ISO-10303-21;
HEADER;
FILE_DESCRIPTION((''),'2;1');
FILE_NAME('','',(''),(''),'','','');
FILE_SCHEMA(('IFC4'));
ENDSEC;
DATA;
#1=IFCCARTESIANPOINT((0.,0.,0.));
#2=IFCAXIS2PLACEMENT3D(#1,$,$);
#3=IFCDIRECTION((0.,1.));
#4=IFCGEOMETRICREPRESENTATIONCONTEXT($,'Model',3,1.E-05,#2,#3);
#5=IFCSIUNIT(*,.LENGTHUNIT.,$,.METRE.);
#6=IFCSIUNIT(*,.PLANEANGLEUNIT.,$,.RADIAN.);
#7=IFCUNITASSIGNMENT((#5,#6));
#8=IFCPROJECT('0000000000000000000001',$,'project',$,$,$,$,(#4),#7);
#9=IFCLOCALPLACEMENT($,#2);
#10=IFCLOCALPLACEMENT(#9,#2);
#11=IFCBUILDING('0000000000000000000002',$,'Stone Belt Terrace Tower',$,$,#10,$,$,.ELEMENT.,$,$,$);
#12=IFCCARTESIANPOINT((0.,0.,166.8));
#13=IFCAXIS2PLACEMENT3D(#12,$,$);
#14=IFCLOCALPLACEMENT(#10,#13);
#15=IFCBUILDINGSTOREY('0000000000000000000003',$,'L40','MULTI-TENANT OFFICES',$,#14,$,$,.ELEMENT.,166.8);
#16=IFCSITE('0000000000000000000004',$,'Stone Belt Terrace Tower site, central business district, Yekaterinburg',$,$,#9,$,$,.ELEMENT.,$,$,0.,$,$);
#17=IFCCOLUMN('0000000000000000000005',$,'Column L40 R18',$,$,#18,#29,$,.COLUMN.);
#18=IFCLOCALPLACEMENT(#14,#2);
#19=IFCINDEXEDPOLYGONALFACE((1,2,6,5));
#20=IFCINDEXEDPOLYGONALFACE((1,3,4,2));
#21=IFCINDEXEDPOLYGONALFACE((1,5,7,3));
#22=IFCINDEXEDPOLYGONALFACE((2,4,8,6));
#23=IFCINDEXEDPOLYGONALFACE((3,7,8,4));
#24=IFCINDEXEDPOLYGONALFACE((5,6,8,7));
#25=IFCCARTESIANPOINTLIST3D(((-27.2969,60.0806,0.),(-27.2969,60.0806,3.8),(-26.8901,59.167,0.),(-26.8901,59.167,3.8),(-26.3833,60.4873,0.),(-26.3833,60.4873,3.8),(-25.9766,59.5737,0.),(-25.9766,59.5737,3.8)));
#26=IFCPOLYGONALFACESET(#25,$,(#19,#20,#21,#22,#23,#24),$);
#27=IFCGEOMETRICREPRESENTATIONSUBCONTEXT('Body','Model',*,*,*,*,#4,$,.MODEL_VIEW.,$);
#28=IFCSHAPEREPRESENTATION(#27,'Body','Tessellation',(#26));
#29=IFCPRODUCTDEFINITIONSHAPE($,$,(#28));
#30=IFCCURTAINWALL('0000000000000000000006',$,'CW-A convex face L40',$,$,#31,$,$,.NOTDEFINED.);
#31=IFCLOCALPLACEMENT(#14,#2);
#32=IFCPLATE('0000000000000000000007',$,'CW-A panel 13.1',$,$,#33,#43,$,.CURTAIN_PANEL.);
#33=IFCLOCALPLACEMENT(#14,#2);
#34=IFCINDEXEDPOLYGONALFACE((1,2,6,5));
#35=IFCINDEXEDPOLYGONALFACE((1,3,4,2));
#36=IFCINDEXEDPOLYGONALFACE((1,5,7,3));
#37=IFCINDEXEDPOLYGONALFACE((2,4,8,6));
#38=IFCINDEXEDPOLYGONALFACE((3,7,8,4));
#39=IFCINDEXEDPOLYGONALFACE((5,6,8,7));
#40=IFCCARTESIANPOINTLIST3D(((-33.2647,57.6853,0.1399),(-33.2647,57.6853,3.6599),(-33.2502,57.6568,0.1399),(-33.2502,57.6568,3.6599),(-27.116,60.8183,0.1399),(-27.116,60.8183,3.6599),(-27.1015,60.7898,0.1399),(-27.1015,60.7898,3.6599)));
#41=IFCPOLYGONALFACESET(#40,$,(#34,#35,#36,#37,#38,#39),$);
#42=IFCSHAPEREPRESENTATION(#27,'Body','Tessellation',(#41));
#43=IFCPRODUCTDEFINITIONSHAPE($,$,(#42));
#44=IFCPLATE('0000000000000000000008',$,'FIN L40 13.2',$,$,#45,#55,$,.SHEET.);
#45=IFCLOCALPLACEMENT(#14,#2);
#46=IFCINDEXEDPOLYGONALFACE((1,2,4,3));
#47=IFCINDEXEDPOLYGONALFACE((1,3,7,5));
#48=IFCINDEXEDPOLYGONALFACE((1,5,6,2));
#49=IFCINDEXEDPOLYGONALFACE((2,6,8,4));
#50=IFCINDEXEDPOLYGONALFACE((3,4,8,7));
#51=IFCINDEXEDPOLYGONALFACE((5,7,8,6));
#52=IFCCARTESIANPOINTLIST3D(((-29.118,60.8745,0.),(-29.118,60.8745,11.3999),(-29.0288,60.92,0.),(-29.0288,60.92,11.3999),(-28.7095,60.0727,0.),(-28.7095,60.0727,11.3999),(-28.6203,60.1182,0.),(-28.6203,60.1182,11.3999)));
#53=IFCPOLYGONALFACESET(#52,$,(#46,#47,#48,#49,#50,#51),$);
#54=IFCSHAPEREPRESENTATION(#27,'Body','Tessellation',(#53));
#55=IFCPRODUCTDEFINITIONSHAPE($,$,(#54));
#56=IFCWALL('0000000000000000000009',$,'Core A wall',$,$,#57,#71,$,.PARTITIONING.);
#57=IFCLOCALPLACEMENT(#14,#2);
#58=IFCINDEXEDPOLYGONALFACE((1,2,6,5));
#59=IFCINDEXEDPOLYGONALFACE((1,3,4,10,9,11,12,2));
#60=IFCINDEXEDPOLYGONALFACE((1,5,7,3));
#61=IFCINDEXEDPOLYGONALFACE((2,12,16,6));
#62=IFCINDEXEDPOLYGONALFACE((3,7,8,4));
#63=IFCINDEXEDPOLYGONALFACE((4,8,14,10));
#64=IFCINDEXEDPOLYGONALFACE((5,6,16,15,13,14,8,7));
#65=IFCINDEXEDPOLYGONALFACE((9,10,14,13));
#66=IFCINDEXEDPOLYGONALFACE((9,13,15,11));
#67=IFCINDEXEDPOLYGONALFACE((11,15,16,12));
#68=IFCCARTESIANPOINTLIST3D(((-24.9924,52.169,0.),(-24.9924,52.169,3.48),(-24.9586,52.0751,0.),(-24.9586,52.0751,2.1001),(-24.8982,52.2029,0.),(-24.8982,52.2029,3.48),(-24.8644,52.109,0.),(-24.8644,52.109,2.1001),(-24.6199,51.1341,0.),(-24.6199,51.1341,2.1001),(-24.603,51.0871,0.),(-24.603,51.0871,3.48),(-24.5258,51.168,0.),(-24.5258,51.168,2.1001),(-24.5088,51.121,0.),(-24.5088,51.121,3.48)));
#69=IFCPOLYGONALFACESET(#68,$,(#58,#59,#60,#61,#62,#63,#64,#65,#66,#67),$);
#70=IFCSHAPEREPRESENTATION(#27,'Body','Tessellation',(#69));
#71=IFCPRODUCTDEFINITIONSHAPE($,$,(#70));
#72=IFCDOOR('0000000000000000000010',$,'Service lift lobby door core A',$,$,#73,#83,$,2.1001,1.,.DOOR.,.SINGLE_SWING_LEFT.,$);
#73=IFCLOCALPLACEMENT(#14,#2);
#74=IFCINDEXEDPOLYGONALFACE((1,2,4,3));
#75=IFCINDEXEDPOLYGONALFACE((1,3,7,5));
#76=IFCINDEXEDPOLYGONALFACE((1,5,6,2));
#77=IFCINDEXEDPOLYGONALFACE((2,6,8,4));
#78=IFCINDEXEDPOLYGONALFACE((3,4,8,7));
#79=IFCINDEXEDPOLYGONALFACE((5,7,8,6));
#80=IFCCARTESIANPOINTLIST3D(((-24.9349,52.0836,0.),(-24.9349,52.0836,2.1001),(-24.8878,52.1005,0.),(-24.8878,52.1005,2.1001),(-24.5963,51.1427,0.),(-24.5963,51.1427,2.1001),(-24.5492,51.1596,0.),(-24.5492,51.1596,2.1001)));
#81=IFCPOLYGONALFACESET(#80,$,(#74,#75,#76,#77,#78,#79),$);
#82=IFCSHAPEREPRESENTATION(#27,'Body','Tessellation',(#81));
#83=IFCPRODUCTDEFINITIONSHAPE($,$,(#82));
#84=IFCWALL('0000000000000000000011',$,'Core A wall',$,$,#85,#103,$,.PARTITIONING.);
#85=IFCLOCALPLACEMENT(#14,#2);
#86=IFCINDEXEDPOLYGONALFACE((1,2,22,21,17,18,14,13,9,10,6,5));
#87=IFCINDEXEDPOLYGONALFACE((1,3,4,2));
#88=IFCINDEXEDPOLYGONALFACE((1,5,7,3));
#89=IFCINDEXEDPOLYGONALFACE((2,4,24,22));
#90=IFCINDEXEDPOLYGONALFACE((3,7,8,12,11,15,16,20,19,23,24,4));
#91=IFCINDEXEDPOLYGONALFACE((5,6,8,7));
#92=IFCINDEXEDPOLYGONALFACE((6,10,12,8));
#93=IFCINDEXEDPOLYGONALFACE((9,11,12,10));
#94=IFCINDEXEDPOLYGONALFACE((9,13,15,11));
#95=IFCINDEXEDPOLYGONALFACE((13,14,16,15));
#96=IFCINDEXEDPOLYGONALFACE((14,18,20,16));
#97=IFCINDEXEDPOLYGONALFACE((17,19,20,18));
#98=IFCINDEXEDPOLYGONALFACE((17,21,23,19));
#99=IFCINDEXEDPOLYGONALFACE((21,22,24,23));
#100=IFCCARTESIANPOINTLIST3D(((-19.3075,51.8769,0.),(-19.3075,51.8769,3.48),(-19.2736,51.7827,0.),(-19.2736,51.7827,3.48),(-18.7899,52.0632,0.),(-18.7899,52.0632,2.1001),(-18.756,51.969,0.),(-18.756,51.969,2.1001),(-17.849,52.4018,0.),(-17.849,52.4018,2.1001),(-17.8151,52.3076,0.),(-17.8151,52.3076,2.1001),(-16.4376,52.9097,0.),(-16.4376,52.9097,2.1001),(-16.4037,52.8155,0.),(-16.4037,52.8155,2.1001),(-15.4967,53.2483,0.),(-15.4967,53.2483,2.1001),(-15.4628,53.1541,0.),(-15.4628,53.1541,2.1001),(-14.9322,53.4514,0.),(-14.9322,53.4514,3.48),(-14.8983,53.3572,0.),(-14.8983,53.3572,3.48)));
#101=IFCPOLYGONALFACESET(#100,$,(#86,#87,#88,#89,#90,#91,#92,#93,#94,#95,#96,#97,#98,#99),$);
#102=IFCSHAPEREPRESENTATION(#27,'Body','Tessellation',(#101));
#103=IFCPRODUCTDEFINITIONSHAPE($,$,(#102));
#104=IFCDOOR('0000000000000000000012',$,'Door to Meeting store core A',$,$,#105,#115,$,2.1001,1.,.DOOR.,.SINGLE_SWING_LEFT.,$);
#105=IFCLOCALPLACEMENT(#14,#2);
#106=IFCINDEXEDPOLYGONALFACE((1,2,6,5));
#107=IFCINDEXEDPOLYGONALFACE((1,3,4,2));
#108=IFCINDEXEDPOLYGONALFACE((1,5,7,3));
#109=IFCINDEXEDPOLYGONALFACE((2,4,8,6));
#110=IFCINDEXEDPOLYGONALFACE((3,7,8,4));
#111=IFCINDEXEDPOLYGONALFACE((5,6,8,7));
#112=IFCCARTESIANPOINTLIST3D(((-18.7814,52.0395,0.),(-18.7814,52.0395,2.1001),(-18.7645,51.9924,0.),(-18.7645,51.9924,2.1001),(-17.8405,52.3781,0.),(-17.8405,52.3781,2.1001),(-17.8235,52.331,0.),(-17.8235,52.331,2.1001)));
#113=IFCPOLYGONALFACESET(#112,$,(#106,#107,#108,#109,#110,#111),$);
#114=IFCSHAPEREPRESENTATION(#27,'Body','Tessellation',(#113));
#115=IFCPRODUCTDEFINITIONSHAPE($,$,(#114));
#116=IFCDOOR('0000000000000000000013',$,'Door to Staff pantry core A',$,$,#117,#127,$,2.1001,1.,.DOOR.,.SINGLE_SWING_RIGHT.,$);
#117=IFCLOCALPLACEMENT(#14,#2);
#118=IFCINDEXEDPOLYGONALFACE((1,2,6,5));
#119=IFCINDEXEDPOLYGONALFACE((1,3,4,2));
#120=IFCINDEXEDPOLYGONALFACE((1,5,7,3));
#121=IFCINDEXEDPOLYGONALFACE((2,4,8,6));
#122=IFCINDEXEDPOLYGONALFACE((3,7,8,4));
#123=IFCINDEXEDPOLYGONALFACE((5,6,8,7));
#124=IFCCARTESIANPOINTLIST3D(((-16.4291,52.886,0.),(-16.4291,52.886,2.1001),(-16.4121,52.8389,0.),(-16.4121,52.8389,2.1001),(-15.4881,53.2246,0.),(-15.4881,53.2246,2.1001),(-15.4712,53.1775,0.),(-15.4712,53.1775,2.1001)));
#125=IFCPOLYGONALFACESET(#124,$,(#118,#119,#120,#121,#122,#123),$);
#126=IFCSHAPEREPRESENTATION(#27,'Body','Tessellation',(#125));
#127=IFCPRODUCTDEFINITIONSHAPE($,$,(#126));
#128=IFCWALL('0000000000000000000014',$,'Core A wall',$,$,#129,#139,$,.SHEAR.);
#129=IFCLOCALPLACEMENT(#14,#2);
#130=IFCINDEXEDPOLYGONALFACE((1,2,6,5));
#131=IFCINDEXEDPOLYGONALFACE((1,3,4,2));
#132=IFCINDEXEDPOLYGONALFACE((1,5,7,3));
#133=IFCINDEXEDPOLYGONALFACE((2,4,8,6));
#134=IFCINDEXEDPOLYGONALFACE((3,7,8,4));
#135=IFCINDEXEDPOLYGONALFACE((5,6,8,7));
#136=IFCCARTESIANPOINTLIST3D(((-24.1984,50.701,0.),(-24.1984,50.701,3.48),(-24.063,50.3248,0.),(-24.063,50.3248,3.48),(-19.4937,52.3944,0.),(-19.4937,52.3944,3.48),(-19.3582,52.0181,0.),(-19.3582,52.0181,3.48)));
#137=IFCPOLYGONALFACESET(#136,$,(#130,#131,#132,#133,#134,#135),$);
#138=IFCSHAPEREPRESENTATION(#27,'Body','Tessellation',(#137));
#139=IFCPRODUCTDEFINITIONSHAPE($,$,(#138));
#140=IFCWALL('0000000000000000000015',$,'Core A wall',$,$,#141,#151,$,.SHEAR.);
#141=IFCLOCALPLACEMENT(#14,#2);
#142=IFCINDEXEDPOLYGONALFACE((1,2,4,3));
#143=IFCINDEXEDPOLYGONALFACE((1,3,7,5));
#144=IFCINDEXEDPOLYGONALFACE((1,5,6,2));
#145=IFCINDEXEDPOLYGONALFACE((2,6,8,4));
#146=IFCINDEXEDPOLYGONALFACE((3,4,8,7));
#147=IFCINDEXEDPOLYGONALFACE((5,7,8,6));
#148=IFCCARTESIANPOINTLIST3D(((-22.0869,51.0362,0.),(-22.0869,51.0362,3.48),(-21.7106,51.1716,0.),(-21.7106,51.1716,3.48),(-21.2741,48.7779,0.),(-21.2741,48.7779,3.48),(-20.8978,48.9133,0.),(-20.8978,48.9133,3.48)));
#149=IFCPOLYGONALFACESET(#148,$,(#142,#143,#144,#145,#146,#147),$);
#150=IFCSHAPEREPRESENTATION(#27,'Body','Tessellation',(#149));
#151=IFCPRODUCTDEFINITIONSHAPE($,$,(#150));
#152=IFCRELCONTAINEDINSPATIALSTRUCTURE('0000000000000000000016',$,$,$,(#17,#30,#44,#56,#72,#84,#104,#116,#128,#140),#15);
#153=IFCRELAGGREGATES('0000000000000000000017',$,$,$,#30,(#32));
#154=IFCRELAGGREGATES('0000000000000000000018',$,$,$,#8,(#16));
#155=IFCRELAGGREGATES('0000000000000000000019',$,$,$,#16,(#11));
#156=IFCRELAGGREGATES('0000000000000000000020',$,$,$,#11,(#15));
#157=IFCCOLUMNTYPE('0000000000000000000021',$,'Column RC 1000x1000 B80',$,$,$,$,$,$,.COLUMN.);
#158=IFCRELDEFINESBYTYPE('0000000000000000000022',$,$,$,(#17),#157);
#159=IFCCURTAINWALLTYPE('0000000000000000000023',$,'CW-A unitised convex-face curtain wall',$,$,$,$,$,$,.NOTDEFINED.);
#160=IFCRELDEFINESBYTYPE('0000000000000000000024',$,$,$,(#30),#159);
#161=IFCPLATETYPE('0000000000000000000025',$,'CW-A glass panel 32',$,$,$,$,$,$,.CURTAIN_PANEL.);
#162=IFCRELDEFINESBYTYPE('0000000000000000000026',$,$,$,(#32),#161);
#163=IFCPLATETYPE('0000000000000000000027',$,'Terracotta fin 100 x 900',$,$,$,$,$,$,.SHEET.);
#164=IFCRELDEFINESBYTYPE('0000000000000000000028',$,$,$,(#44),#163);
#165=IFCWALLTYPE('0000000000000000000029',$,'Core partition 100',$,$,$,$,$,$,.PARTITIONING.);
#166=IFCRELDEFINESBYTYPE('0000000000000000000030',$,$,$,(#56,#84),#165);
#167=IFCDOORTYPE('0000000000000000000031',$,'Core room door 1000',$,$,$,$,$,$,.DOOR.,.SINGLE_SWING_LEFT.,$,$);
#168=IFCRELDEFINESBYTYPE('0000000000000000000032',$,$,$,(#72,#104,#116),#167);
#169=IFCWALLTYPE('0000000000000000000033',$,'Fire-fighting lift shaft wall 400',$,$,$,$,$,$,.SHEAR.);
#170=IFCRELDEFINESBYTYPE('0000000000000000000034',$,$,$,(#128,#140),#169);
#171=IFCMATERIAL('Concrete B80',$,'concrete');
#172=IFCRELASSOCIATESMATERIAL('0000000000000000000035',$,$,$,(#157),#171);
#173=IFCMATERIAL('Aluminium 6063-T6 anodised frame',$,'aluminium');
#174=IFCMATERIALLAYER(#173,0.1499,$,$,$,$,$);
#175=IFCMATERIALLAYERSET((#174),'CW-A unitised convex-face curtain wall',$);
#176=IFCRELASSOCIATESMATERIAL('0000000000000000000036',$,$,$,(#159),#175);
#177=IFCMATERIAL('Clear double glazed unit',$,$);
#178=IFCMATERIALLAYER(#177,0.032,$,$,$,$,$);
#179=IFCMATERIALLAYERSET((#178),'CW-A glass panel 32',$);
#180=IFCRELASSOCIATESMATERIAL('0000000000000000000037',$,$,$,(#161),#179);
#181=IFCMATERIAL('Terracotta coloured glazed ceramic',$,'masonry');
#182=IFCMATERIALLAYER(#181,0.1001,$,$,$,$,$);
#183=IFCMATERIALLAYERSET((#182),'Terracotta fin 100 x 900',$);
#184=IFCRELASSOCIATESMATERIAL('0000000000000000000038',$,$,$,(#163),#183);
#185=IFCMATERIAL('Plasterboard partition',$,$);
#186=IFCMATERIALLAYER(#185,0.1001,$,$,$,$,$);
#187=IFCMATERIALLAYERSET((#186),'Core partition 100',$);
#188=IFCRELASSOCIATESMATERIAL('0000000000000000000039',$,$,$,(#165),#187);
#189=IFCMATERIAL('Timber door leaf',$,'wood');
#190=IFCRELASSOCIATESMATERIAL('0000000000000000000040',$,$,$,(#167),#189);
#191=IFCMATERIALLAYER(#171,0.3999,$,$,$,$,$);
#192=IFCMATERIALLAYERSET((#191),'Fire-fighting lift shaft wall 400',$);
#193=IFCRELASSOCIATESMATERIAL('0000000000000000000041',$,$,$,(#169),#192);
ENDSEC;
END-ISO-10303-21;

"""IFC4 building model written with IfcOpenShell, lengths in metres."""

from ifc_helpers import new_model, si_unit, direction, frame, frame_2d, origin, origin_2d, place, context, subcontext, project, spatial, rectangle, extrude, material, layer, layer_set, material_profile, profile_set, type_object, element, fill, aggregate, save


model = new_model("IFC4")

# Units and contexts
model_context = context("Model", 3, precision=1e-05, world=origin(), true_north=direction((0.0, 1.0)))
body_context = subcontext(model_context, "Body", "Model", "MODEL_VIEW")
ifc_project = project(units=[si_unit("LENGTHUNIT", "METRE"), si_unit("PLANEANGLEUNIT", "RADIAN")], contexts=[model_context])

# Site, building, storey
site_placement = place(None, origin())
site = spatial("IfcSite", under=ifc_project, at=site_placement, Name="Stone Belt Terrace Tower site, central business district, Yekaterinburg", CompositionType="ELEMENT", RefElevation=0.0)
building_placement = place(site_placement, origin())
building = spatial("IfcBuilding", under=site, at=building_placement, Name="Stone Belt Terrace Tower", CompositionType="ELEMENT")
storey_placement = place(building_placement, frame((0.0, 0.0, 166.8)))
storey = spatial("IfcBuildingStorey", under=building, at=storey_placement, Name="L40", Description="MULTI-TENANT OFFICES", CompositionType="ELEMENT", Elevation=166.8)

# Column
ifc_material_1 = material(Name="Concrete B80", Category="concrete")
ifc_material_profile = material_profile(ifc_material_1, rectangle(XDim=1.0, YDim=1.0, at=origin_2d()), Name="RC 1000x1000")
ifc_profile_set = profile_set([ifc_material_profile], Name="Concrete B80")
column_type = type_object("IfcColumnType", Name="Column RC 1000x1000 B80", PredefinedType="COLUMN", material=ifc_profile_set)
column_placement = place(storey_placement, frame((-26.6367, 59.8271, 0.0), z_axis=(0.0, 0.0, 1.0), x_axis=(0.913545, 0.406737, 0.0)))
element("IfcColumn", 1, at=column_placement, inside=storey, type_object=column_type, Name="Column L40 R18", PredefinedType="COLUMN", context=body_context, shape_type="SweptSolid", body=[
    extrude(rectangle(XDim=1.0, YDim=1.0, at=origin_2d()), origin(), (0.0, 0.0, 1.0), 3.8),
])

# Curtain wall, plate
ifc_material_2 = material(Name="Aluminium 6063-T6 anodised frame", Category="aluminium")
ifc_layer_1 = layer(ifc_material_2, 0.1499)
ifc_layer_set_1 = layer_set([ifc_layer_1], Name="CW-A unitised convex-face curtain wall")
curtain_wall_type = type_object("IfcCurtainWallType", Name="CW-A unitised convex-face curtain wall", PredefinedType="NOTDEFINED", material=ifc_layer_set_1)
curtain_wall_placement = place(storey_placement, origin())
curtain_wall = element("IfcCurtainWall", 2, at=curtain_wall_placement, inside=storey, type_object=curtain_wall_type, Name="CW-A convex face L40", PredefinedType="NOTDEFINED")
ifc_material_3 = material(Name="Clear double glazed unit")
ifc_layer_2 = layer(ifc_material_3, 0.032)
ifc_layer_set_2 = layer_set([ifc_layer_2], Name="CW-A glass panel 32")
plate_type_1 = type_object("IfcPlateType", Name="CW-A glass panel 32", PredefinedType="CURTAIN_PANEL", material=ifc_layer_set_2)
plate_1_placement = place(storey_placement, frame((-30.1831, 59.2375, 0.1399), z_axis=(0.0, 0.0, 1.0), x_axis=(-0.891007, -0.45399, 0.0)))
plate_1 = element("IfcPlate", 3, at=plate_1_placement, type_object=plate_type_1, Name="CW-A panel 13.1", PredefinedType="CURTAIN_PANEL", context=body_context, shape_type="SweptSolid", body=[
    extrude(rectangle(XDim=6.9009, YDim=0.032, at=origin_2d()), origin(), (0.0, 0.0, 1.0), 3.52),
])
aggregate(curtain_wall, [plate_1])

# Plate
ifc_material_4 = material(Name="Terracotta coloured glazed ceramic", Category="masonry")
ifc_layer_3 = layer(ifc_material_4, 0.1001)
ifc_layer_set_3 = layer_set([ifc_layer_3], Name="Terracotta fin 100 x 900")
plate_type_2 = type_object("IfcPlateType", Name="Terracotta fin 100 x 900", PredefinedType="SHEET", material=ifc_layer_set_3)
plate_2_placement = place(storey_placement, frame((-28.8691, 60.4963, 0.0), z_axis=(0.0, 0.0, 1.0), x_axis=(-0.45399, 0.891007, 0.0)))
element("IfcPlate", 4, at=plate_2_placement, inside=storey, type_object=plate_type_2, Name="FIN L40 13.2", PredefinedType="SHEET", context=body_context, shape_type="SweptSolid", body=[
    extrude(rectangle(XDim=0.8999, YDim=0.1001, at=origin_2d()), origin(), (0.0, 0.0, 1.0), 11.3999),
])

# Wall, opening, door
ifc_material_5 = material(Name="Plasterboard partition")
ifc_layer_4 = layer(ifc_material_5, 0.1001)
ifc_layer_set_4 = layer_set([ifc_layer_4], Name="Core partition 100")
wall_type_1 = type_object("IfcWallType", Name="Core partition 100", PredefinedType="PARTITIONING", material=ifc_layer_set_4)
wall_1_placement = place(storey_placement, frame((-24.5559, 51.104, 0.0), z_axis=(0.0, 0.0, 1.0), x_axis=(-0.338622, 0.940923, 0.0)))
wall_1 = element("IfcWall", 5, at=wall_1_placement, inside=storey, type_object=wall_type_1, Name="Core A wall", PredefinedType="PARTITIONING", context=body_context, shape_type="SweptSolid", body=[
    extrude(rectangle(XDim=1.1499, YDim=0.1001, at=frame_2d((0.575, 0.0))), origin(), (0.0, 0.0, 1.0), 3.48),
])
opening_1_placement = place(wall_1_placement, frame((0.05, 0.0, 0.0)))
opening_1 = element("IfcOpeningElement", 6, at=opening_1_placement, cuts=wall_1, PredefinedType="OPENING", context=body_context, shape_type="SweptSolid", body=[
    extrude(rectangle(XDim=1.0, YDim=2.1001, at=frame_2d((0.5, 1.05))), frame((0.0, 0.0601, 0.0), z_axis=(0.0, -1.0, 0.0), x_axis=(1.0, 0.0, 0.0)), (0.0, 0.0, 1.0), 0.1201),
])
ifc_material_6 = material(Name="Timber door leaf", Category="wood")
door_type_1 = type_object("IfcDoorType", Name="Core room door 1000", OperationType="SINGLE_SWING_LEFT", PredefinedType="DOOR", material=ifc_material_6)
door_1_placement = place(opening_1_placement, origin())
door_1 = element("IfcDoor", 7, at=door_1_placement, inside=storey, type_object=door_type_1, Name="Service lift lobby door core A", OperationType="SINGLE_SWING_LEFT", OverallHeight=2.1001, OverallWidth=1.0, PredefinedType="DOOR", context=body_context, shape_type="SweptSolid", body=[
    extrude(rectangle(XDim=1.0, YDim=2.1001, at=frame_2d((0.5, 1.05))), frame((0.0, 0.0249, 0.0), z_axis=(0.0, -1.0, 0.0), x_axis=(1.0, 0.0, 0.0)), (0.0, 0.0, 1.0), 0.05),
])
fill(opening_1, door_1)

# Wall, openings, doors
wall_2_placement = place(storey_placement, frame((-19.2905, 51.8298, 0.0), z_axis=(0.0, 0.0, 1.0), x_axis=(0.94093, 0.3386, 0.0)))
wall_2 = element("IfcWall", 8, at=wall_2_placement, inside=storey, type_object=wall_type_1, Name="Core A wall", PredefinedType="PARTITIONING", context=body_context, shape_type="SweptSolid", body=[
    extrude(rectangle(XDim=4.6499, YDim=0.1001, at=frame_2d((2.325, 0.0))), origin(), (0.0, 0.0, 1.0), 3.48),
])
opening_2_placement = place(wall_2_placement, frame((0.55, 0.0, 0.0)))
opening_2 = element("IfcOpeningElement", 9, at=opening_2_placement, cuts=wall_2, PredefinedType="OPENING", context=body_context, shape_type="SweptSolid", body=[
    extrude(rectangle(XDim=1.0, YDim=2.1001, at=frame_2d((0.5, 1.05))), frame((0.0, 0.0601, 0.0), z_axis=(0.0, -1.0, 0.0), x_axis=(1.0, 0.0, 0.0)), (0.0, 0.0, 1.0), 0.1201),
])
opening_3_placement = place(wall_2_placement, frame((3.05, 0.0, 0.0)))
opening_3 = element("IfcOpeningElement", 10, at=opening_3_placement, cuts=wall_2, PredefinedType="OPENING", context=body_context, shape_type="SweptSolid", body=[
    extrude(rectangle(XDim=1.0, YDim=2.1001, at=frame_2d((0.5, 1.05))), frame((0.0, 0.0601, 0.0), z_axis=(0.0, -1.0, 0.0), x_axis=(1.0, 0.0, 0.0)), (0.0, 0.0, 1.0), 0.1201),
])
door_2_placement = place(opening_2_placement, origin())
door_2 = element("IfcDoor", 11, at=door_2_placement, inside=storey, type_object=door_type_1, Name="Door to Meeting store core A", OperationType="SINGLE_SWING_LEFT", OverallHeight=2.1001, OverallWidth=1.0, PredefinedType="DOOR", context=body_context, shape_type="SweptSolid", body=[
    extrude(rectangle(XDim=1.0, YDim=2.1001, at=frame_2d((0.5, 1.05))), frame((0.0, 0.0249, 0.0), z_axis=(0.0, -1.0, 0.0), x_axis=(1.0, 0.0, 0.0)), (0.0, 0.0, 1.0), 0.05),
])
fill(opening_2, door_2)
door_3_placement = place(opening_3_placement, origin())
door_3 = element("IfcDoor", 12, at=door_3_placement, inside=storey, type_object=door_type_1, Name="Door to Staff pantry core A", OperationType="SINGLE_SWING_RIGHT", OverallHeight=2.1001, OverallWidth=1.0, PredefinedType="DOOR", context=body_context, shape_type="SweptSolid", body=[
    extrude(rectangle(XDim=1.0, YDim=2.1001, at=frame_2d((0.5, 1.05))), frame((0.0, 0.0249, 0.0), z_axis=(0.0, -1.0, 0.0), x_axis=(1.0, 0.0, 0.0)), (0.0, 0.0, 1.0), 0.05),
])
fill(opening_3, door_3)

# Walls
ifc_layer_5 = layer(ifc_material_1, 0.3999)
ifc_layer_set_5 = layer_set([ifc_layer_5], Name="Fire-fighting lift shaft wall 400")
wall_type_2 = type_object("IfcWallType", Name="Fire-fighting lift shaft wall 400", PredefinedType="SHEAR", material=ifc_layer_set_5)
wall_3_placement = place(storey_placement, frame((-24.1306, 50.5129, 0.0), z_axis=(0.0, 0.0, 1.0), x_axis=(0.940912, 0.338652, 0.0)))
element("IfcWall", 13, at=wall_3_placement, inside=storey, type_object=wall_type_2, Name="Core A wall", PredefinedType="SHEAR", context=body_context, shape_type="SweptSolid", body=[
    extrude(rectangle(XDim=5.0002, YDim=0.3999, at=frame_2d((2.5, 0.0))), origin(), (0.0, 0.0, 1.0), 3.48),
])
wall_4_placement = place(storey_placement, frame((-21.0859, 48.8455, 0.0), z_axis=(0.0, 0.0, 1.0), x_axis=(-0.338629, 0.94092, 0.0)))
element("IfcWall", 14, at=wall_4_placement, inside=storey, type_object=wall_type_2, Name="Core A wall", PredefinedType="SHEAR", context=body_context, shape_type="SweptSolid", body=[
    extrude(rectangle(XDim=2.4001, YDim=0.3999, at=frame_2d((1.2002, 0.0))), origin(), (0.0, 0.0, 1.0), 3.48),
])

save(model, "model.ifc")
